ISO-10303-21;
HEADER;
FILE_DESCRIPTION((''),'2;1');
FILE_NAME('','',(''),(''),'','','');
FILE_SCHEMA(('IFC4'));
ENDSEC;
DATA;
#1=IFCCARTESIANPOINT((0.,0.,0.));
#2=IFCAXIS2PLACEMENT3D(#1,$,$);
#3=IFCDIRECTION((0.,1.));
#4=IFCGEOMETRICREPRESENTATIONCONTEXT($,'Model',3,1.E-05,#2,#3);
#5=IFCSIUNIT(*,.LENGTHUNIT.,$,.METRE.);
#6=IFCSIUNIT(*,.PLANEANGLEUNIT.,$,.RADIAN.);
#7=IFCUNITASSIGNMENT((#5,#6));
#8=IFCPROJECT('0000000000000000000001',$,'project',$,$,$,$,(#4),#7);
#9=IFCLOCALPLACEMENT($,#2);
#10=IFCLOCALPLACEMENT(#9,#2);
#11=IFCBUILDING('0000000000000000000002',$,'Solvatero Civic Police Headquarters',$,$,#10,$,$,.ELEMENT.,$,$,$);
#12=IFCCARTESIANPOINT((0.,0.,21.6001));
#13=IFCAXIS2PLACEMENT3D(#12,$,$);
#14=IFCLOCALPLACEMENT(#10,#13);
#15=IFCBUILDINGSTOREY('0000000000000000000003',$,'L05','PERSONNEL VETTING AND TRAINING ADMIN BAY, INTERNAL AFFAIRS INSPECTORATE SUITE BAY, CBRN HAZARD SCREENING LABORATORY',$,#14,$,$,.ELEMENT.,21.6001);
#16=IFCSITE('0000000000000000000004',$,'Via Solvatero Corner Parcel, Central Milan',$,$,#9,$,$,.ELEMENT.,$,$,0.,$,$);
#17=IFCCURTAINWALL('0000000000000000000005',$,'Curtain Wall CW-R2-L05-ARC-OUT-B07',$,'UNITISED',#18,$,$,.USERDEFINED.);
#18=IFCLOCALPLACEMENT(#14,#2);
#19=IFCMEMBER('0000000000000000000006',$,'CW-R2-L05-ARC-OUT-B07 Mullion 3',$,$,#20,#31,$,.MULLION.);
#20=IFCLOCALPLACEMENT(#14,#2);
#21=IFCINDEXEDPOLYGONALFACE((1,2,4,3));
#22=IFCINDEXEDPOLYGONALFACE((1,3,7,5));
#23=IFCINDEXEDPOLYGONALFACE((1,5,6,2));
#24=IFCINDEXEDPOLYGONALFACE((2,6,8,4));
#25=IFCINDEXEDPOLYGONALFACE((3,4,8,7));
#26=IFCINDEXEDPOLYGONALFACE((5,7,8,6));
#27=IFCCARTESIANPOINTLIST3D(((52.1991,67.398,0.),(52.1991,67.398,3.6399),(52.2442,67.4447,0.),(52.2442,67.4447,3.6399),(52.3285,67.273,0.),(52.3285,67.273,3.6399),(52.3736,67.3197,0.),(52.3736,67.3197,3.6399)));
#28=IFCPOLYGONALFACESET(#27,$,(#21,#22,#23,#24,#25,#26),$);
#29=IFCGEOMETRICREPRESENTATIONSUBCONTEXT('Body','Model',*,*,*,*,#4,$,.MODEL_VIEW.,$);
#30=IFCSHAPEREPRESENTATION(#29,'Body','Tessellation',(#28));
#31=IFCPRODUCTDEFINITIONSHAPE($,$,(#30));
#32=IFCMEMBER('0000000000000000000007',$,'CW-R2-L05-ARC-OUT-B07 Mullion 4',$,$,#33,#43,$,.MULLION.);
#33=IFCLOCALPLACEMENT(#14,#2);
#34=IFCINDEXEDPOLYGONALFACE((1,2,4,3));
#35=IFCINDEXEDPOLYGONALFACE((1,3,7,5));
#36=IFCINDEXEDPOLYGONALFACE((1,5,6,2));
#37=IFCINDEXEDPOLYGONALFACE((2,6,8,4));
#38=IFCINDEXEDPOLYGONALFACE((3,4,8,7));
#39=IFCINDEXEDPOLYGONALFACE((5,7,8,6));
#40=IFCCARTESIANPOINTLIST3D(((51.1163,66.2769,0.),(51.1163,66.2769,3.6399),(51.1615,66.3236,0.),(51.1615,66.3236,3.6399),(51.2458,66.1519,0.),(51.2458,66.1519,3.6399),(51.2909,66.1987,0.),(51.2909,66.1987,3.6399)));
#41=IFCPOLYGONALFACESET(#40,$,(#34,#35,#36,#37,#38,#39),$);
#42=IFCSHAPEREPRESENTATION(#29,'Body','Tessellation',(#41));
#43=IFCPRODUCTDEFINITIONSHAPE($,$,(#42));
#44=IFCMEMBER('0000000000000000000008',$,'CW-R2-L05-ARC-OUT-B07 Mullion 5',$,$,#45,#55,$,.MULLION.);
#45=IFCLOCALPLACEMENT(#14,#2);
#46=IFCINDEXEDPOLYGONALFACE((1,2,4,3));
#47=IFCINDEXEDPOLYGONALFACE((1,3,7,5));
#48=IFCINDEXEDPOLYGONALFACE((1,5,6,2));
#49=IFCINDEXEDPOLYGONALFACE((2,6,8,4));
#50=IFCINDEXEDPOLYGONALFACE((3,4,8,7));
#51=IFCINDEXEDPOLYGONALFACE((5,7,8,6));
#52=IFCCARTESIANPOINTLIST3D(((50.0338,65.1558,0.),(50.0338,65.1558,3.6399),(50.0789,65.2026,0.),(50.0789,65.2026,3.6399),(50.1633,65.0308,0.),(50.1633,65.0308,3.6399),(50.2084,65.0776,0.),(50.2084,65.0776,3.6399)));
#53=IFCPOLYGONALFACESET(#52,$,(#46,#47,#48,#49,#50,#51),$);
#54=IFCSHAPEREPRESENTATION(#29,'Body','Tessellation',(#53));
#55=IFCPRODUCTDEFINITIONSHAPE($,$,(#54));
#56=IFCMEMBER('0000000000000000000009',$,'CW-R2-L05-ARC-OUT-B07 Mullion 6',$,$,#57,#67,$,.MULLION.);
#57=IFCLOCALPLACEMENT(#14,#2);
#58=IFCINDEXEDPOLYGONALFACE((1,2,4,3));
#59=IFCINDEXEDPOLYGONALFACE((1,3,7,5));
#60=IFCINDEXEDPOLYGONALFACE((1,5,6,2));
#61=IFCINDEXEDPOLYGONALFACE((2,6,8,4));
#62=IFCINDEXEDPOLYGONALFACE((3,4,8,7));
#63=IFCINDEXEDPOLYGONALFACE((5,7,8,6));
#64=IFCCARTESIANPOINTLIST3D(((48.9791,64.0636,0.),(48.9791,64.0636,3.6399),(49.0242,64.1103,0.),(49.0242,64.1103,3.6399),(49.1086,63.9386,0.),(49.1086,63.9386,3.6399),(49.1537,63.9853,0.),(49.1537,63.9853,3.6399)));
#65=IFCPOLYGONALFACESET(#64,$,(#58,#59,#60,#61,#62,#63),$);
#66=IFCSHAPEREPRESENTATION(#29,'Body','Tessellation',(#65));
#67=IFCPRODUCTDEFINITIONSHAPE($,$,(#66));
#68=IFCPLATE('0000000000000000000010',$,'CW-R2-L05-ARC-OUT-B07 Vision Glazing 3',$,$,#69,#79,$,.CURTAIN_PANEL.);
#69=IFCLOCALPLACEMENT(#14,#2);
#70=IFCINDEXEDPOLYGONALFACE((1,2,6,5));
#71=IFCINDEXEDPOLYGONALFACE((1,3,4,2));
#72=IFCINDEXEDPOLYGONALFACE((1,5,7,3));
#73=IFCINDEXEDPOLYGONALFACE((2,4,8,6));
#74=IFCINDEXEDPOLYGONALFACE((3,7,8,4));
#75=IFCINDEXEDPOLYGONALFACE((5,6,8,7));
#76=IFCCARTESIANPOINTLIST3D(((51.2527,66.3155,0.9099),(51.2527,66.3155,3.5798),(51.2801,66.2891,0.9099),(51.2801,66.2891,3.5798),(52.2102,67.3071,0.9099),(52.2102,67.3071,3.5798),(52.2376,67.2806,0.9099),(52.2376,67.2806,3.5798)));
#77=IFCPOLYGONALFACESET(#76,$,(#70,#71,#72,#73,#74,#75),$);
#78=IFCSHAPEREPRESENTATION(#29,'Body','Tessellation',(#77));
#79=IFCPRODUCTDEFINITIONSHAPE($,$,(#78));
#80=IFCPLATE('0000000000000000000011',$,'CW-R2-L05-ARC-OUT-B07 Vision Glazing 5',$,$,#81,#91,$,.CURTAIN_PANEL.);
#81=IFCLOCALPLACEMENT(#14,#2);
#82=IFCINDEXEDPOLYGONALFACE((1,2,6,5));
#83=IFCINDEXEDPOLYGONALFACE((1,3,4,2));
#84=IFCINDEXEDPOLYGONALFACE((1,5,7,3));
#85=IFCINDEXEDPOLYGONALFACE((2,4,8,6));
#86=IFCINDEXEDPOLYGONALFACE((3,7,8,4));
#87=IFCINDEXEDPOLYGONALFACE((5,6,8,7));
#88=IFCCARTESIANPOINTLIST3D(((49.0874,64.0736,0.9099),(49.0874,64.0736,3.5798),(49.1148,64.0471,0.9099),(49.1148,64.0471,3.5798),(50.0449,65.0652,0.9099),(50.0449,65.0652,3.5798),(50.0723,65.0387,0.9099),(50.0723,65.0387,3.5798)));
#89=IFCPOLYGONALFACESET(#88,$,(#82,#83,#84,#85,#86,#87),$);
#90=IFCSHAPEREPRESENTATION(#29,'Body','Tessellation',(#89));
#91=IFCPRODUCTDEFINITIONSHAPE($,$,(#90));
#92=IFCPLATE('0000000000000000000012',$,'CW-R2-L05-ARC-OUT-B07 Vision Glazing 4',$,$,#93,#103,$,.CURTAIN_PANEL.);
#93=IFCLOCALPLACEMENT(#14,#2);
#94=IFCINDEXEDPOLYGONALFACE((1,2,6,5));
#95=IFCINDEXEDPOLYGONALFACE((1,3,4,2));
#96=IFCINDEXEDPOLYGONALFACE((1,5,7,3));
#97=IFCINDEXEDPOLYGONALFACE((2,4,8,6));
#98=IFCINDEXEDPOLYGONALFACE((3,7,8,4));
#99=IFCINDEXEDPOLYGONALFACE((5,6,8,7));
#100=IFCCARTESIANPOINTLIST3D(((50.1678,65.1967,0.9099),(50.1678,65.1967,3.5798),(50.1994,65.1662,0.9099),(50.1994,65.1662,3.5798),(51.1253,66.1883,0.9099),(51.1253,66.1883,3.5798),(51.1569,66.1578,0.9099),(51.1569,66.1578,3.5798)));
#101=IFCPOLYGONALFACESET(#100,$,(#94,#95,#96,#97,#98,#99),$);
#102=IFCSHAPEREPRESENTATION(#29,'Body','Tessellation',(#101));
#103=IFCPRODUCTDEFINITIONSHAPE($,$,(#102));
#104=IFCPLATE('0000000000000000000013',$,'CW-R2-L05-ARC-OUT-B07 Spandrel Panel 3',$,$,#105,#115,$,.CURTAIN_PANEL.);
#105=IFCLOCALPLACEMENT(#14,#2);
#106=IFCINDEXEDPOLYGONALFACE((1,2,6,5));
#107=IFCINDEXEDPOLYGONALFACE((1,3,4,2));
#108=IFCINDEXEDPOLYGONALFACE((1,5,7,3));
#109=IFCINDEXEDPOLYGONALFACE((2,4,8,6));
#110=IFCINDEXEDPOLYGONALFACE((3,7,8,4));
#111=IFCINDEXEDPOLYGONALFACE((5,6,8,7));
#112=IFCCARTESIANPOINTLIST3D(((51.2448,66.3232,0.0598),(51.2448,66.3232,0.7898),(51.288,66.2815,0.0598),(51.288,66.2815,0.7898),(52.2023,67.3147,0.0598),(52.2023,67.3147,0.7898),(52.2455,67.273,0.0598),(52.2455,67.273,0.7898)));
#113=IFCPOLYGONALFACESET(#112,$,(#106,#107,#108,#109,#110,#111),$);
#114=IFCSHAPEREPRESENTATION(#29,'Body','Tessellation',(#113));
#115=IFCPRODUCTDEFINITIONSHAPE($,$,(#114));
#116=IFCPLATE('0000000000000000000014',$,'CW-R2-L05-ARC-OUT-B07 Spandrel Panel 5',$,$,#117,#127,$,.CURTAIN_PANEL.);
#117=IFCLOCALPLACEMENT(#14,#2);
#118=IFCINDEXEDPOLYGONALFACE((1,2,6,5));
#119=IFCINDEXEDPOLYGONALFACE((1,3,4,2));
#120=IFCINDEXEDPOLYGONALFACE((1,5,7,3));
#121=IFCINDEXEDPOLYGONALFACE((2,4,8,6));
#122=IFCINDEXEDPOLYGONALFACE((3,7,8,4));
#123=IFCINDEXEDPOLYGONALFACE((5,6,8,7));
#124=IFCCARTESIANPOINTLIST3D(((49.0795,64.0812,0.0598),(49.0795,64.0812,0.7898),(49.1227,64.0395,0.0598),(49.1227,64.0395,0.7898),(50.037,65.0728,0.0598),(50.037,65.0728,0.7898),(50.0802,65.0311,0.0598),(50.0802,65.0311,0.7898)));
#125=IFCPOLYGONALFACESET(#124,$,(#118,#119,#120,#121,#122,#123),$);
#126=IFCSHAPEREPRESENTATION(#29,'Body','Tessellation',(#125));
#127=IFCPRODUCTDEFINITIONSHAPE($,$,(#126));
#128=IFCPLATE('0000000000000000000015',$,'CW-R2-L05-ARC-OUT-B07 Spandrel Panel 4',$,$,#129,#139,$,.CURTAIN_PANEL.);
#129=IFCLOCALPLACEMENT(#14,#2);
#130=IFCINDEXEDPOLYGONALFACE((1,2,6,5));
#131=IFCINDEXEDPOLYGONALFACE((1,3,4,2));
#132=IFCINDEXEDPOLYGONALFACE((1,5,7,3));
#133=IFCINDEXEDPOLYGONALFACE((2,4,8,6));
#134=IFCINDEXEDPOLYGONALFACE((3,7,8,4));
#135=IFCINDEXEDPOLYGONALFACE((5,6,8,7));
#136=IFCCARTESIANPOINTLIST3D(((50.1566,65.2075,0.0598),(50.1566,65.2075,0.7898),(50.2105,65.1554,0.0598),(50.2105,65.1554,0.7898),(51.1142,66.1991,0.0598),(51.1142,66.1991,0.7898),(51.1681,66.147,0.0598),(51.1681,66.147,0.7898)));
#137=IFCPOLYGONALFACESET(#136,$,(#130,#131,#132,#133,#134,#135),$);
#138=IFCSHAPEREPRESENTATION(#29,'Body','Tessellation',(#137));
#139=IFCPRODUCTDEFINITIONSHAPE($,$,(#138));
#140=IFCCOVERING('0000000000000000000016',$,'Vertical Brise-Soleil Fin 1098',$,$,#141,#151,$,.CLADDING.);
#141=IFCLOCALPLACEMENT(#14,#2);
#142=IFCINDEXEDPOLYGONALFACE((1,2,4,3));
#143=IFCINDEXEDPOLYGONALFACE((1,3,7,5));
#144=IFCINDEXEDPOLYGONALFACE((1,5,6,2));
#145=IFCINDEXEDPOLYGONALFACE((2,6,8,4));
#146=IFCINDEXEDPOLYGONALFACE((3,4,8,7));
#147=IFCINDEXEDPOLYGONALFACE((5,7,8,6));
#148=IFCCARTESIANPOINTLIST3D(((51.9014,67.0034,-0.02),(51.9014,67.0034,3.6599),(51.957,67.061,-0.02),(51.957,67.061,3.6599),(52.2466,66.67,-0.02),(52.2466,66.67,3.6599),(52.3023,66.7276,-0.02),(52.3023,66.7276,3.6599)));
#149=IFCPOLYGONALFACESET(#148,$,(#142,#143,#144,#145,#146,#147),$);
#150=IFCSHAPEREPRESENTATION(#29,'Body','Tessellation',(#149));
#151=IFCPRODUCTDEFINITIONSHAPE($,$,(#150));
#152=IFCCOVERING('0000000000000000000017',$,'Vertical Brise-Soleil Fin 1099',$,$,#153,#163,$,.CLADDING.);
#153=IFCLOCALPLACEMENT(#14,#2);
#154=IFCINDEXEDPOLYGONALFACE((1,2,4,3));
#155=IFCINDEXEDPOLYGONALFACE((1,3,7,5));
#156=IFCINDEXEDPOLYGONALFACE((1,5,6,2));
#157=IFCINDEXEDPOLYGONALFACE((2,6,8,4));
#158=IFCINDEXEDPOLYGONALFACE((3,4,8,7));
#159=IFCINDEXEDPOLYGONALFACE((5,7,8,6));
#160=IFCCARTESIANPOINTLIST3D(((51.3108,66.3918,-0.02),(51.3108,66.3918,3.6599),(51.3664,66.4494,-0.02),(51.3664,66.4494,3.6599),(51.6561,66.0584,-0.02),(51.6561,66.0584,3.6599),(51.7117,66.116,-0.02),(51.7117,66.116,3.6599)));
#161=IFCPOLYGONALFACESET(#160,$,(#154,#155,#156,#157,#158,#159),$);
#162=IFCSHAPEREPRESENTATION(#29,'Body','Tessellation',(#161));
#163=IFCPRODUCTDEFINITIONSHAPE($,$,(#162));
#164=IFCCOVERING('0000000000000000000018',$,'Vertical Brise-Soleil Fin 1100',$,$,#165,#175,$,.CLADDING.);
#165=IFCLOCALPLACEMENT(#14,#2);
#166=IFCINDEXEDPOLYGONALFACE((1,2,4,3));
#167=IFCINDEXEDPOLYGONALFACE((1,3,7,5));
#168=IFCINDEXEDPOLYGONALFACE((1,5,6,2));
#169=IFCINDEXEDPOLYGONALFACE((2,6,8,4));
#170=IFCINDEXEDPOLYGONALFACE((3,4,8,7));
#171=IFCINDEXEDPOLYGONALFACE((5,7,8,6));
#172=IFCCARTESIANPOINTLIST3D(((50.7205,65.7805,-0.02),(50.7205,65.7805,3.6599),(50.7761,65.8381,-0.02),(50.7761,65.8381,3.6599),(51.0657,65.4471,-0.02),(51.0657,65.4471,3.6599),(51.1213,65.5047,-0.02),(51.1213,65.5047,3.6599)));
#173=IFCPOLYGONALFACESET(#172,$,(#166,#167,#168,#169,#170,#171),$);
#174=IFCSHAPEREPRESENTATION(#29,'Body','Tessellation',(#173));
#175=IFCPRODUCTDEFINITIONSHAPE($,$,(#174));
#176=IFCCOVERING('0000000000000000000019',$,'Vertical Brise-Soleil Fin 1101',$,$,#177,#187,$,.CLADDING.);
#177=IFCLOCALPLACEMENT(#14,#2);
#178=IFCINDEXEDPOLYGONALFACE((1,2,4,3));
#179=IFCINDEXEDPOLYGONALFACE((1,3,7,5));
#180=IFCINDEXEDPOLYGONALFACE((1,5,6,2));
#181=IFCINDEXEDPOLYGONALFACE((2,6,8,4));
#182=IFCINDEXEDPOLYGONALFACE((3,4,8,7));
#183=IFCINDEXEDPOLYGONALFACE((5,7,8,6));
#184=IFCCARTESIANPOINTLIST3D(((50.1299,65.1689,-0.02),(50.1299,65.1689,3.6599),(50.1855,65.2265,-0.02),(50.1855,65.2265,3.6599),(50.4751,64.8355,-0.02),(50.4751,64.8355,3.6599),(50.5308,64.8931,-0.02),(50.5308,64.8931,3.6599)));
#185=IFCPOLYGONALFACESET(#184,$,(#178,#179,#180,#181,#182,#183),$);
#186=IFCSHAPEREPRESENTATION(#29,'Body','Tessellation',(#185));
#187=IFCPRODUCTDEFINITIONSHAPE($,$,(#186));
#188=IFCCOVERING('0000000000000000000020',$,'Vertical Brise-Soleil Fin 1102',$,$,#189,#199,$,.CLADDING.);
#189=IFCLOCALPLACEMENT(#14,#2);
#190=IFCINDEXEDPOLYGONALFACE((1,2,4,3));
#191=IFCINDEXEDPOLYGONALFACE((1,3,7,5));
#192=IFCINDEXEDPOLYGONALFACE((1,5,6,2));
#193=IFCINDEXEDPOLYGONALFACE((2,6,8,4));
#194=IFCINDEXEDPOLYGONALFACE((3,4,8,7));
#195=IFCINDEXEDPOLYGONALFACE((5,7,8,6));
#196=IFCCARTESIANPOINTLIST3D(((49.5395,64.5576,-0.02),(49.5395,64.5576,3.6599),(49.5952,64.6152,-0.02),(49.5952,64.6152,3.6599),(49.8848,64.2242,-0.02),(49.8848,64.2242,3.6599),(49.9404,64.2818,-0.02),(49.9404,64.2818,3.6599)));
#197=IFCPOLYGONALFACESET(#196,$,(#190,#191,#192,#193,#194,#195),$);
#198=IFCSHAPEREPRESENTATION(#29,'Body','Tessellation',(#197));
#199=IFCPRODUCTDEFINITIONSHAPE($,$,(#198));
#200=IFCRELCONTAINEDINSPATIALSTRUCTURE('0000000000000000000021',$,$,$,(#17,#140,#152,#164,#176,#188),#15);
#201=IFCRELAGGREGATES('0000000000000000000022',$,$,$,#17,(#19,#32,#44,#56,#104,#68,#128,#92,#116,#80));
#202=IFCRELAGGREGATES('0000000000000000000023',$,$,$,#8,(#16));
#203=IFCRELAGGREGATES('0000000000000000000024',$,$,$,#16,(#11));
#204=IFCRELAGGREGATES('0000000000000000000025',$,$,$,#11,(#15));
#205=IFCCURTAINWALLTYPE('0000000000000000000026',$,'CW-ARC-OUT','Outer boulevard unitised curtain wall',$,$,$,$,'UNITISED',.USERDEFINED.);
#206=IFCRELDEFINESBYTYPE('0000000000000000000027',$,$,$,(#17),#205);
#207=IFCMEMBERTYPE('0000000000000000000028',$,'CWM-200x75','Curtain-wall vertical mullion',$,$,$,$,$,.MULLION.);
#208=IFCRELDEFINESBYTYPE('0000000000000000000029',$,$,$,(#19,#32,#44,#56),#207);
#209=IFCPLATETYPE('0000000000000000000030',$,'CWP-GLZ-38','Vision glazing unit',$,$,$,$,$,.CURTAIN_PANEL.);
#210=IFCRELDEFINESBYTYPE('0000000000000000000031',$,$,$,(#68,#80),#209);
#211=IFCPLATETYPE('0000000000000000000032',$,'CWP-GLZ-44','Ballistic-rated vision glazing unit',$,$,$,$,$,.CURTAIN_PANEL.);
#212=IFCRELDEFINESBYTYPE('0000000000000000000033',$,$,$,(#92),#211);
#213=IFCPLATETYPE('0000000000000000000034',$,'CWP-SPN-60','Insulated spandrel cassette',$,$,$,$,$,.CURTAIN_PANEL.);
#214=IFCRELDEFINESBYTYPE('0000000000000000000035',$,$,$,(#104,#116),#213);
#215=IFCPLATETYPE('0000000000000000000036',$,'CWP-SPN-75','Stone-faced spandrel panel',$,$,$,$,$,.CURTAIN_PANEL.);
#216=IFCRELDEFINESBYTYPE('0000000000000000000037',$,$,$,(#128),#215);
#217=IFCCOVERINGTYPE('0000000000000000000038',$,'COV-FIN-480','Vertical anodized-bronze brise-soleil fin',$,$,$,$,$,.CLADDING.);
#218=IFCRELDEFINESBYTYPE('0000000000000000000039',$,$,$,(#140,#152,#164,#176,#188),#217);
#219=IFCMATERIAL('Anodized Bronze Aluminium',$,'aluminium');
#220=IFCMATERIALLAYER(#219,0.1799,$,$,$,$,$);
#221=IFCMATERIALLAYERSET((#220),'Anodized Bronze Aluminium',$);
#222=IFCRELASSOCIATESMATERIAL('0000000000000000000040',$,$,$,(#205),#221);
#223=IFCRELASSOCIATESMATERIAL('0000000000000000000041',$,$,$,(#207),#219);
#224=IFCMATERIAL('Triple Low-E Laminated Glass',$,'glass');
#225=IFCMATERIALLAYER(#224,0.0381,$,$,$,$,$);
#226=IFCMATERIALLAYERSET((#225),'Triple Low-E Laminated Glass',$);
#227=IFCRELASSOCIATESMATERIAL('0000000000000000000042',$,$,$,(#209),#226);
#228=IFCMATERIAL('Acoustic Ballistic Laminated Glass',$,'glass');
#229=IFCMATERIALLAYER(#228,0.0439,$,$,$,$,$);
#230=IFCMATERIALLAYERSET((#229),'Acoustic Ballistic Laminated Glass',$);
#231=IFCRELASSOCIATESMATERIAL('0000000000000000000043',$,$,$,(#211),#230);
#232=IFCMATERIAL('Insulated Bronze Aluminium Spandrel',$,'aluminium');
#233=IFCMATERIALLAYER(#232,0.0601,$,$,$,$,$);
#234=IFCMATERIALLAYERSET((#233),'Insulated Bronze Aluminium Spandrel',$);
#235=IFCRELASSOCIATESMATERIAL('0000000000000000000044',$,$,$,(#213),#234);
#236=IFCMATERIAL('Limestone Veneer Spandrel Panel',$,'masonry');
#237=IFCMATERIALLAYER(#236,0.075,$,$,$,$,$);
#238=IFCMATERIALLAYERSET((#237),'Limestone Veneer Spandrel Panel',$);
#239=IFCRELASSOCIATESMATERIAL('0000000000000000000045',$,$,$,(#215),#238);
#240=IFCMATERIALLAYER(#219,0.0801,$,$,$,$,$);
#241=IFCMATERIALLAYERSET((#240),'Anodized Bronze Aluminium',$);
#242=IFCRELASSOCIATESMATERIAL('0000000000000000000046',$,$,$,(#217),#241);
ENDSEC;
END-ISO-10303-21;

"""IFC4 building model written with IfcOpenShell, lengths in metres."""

from ifc_helpers import new_model, si_unit, direction, frame, origin, origin_2d, place, context, subcontext, project, spatial, rectangle, extrude, material, layer, layer_set, material_profile, profile_set, type_object, element, aggregate, save


model = new_model("IFC4")

# Units and contexts
model_context = context("Model", 3, precision=1e-05, world=origin(), true_north=direction((0.0, 1.0)))
body_context = subcontext(model_context, "Body", "Model", "MODEL_VIEW")
ifc_project = project(units=[si_unit("LENGTHUNIT", "METRE"), si_unit("PLANEANGLEUNIT", "RADIAN")], contexts=[model_context])

# Site, building, storey
site_placement = place(None, origin())
site = spatial("IfcSite", under=ifc_project, at=site_placement, Name="Via Solvatero Corner Parcel, Central Milan", CompositionType="ELEMENT", RefElevation=0.0)
building_placement = place(site_placement, origin())
building = spatial("IfcBuilding", under=site, at=building_placement, Name="Solvatero Civic Police Headquarters", CompositionType="ELEMENT")
storey_placement = place(building_placement, frame((0.0, 0.0, 21.6001)))
storey = spatial("IfcBuildingStorey", under=building, at=storey_placement, Name="L05", Description="PERSONNEL VETTING AND TRAINING ADMIN BAY, INTERNAL AFFAIRS INSPECTORATE SUITE BAY, CBRN HAZARD SCREENING LABORATORY", CompositionType="ELEMENT", Elevation=21.6001)

# Curtain wall, members, plates
ifc_material_1 = material(Name="Anodized Bronze Aluminium", Category="aluminium")
ifc_layer_1 = layer(ifc_material_1, 0.1799)
ifc_layer_set_1 = layer_set([ifc_layer_1], Name="Anodized Bronze Aluminium")
curtain_wall_type = type_object("IfcCurtainWallType", Name="CW-ARC-OUT", Description="Outer boulevard unitised curtain wall", ElementType="UNITISED", PredefinedType="USERDEFINED", material=ifc_layer_set_1)
curtain_wall_placement = place(storey_placement, origin())
curtain_wall = element("IfcCurtainWall", 1, at=curtain_wall_placement, inside=storey, type_object=curtain_wall_type, Name="Curtain Wall CW-R2-L05-ARC-OUT-B07", ObjectType="UNITISED", PredefinedType="USERDEFINED")
ifc_material_profile = material_profile(ifc_material_1, rectangle(XDim=0.0649, YDim=0.1799, at=origin_2d()), Name="ALU MULLION 65x180")
ifc_profile_set = profile_set([ifc_material_profile], Name="Anodized Bronze Aluminium")
member_type = type_object("IfcMemberType", Name="CWM-200x75", Description="Curtain-wall vertical mullion", PredefinedType="MULLION", material=ifc_profile_set)
member_1_placement = place(storey_placement, frame((52.2864, 67.3589, 0.0), z_axis=(0.0, 0.0, 1.0), x_axis=(-0.694658, -0.71934, 0.0)))
member_1 = element("IfcMember", 2, at=member_1_placement, type_object=member_type, Name="CW-R2-L05-ARC-OUT-B07 Mullion 3", PredefinedType="MULLION", context=body_context, shape_type="SweptSolid", body=[
    extrude(rectangle(XDim=0.0649, YDim=0.1799, at=origin_2d()), origin(), (0.0, 0.0, 1.0), 3.6399),
])
member_2_placement = place(storey_placement, frame((51.2036, 66.2378, 0.0), z_axis=(0.0, 0.0, 1.0), x_axis=(-0.694658, -0.71934, 0.0)))
member_2 = element("IfcMember", 3, at=member_2_placement, type_object=member_type, Name="CW-R2-L05-ARC-OUT-B07 Mullion 4", PredefinedType="MULLION", context=body_context, shape_type="SweptSolid", body=[
    extrude(rectangle(XDim=0.0649, YDim=0.1799, at=origin_2d()), origin(), (0.0, 0.0, 1.0), 3.6399),
])
member_3_placement = place(storey_placement, frame((50.1211, 65.1167, 0.0), z_axis=(0.0, 0.0, 1.0), x_axis=(-0.694658, -0.71934, 0.0)))
member_3 = element("IfcMember", 4, at=member_3_placement, type_object=member_type, Name="CW-R2-L05-ARC-OUT-B07 Mullion 5", PredefinedType="MULLION", context=body_context, shape_type="SweptSolid", body=[
    extrude(rectangle(XDim=0.0649, YDim=0.1799, at=origin_2d()), origin(), (0.0, 0.0, 1.0), 3.6399),
])
member_4_placement = place(storey_placement, frame((49.0664, 64.0244, 0.0), z_axis=(0.0, 0.0, 1.0), x_axis=(-0.694658, -0.71934, 0.0)))
member_4 = element("IfcMember", 5, at=member_4_placement, type_object=member_type, Name="CW-R2-L05-ARC-OUT-B07 Mullion 6", PredefinedType="MULLION", context=body_context, shape_type="SweptSolid", body=[
    extrude(rectangle(XDim=0.0649, YDim=0.1799, at=origin_2d()), origin(), (0.0, 0.0, 1.0), 3.6399),
])
ifc_material_2 = material(Name="Triple Low-E Laminated Glass", Category="glass")
ifc_layer_2 = layer(ifc_material_2, 0.0381)
ifc_layer_set_2 = layer_set([ifc_layer_2], Name="Triple Low-E Laminated Glass")
plate_type_1 = type_object("IfcPlateType", Name="CWP-GLZ-38", Description="Vision glazing unit", PredefinedType="CURTAIN_PANEL", material=ifc_layer_set_2)
plate_1_placement = place(storey_placement, frame((51.7451, 66.7981, 0.9099), z_axis=(0.0, 0.0, 1.0), x_axis=(-0.694658, -0.71934, 0.0)))
plate_1 = element("IfcPlate", 6, at=plate_1_placement, type_object=plate_type_1, Name="CW-R2-L05-ARC-OUT-B07 Vision Glazing 3", PredefinedType="CURTAIN_PANEL", context=body_context, shape_type="SweptSolid", body=[
    extrude(rectangle(XDim=1.3784, YDim=0.0381, at=origin_2d()), origin(), (0.0, 0.0, 1.0), 2.6699),
])
plate_2_placement = place(storey_placement, frame((49.5798, 64.5562, 0.9099), z_axis=(0.0, 0.0, 1.0), x_axis=(-0.694658, -0.71934, 0.0)))
plate_2 = element("IfcPlate", 7, at=plate_2_placement, type_object=plate_type_1, Name="CW-R2-L05-ARC-OUT-B07 Vision Glazing 5", PredefinedType="CURTAIN_PANEL", context=body_context, shape_type="SweptSolid", body=[
    extrude(rectangle(XDim=1.3784, YDim=0.0381, at=origin_2d()), origin(), (0.0, 0.0, 1.0), 2.6699),
])
ifc_material_3 = material(Name="Acoustic Ballistic Laminated Glass", Category="glass")
ifc_layer_3 = layer(ifc_material_3, 0.0439)
ifc_layer_set_3 = layer_set([ifc_layer_3], Name="Acoustic Ballistic Laminated Glass")
plate_type_2 = type_object("IfcPlateType", Name="CWP-GLZ-44", Description="Ballistic-rated vision glazing unit", PredefinedType="CURTAIN_PANEL", material=ifc_layer_set_3)
plate_3_placement = place(storey_placement, frame((50.6624, 65.6772, 0.9099), z_axis=(0.0, 0.0, 1.0), x_axis=(-0.694658, -0.71934, 0.0)))
plate_3 = element("IfcPlate", 8, at=plate_3_placement, type_object=plate_type_2, Name="CW-R2-L05-ARC-OUT-B07 Vision Glazing 4", PredefinedType="CURTAIN_PANEL", context=body_context, shape_type="SweptSolid", body=[
    extrude(rectangle(XDim=1.3784, YDim=0.0439, at=origin_2d()), origin(), (0.0, 0.0, 1.0), 2.6699),
])
ifc_material_4 = material(Name="Insulated Bronze Aluminium Spandrel", Category="aluminium")
ifc_layer_4 = layer(ifc_material_4, 0.0601)
ifc_layer_set_4 = layer_set([ifc_layer_4], Name="Insulated Bronze Aluminium Spandrel")
plate_type_3 = type_object("IfcPlateType", Name="CWP-SPN-60", Description="Insulated spandrel cassette", PredefinedType="CURTAIN_PANEL", material=ifc_layer_set_4)
plate_4_placement = place(storey_placement, frame((51.7451, 66.7981, 0.0598), z_axis=(0.0, 0.0, 1.0), x_axis=(-0.694658, -0.71934, 0.0)))
plate_4 = element("IfcPlate", 9, at=plate_4_placement, type_object=plate_type_3, Name="CW-R2-L05-ARC-OUT-B07 Spandrel Panel 3", PredefinedType="CURTAIN_PANEL", context=body_context, shape_type="SweptSolid", body=[
    extrude(rectangle(XDim=1.3784, YDim=0.0601, at=origin_2d()), origin(), (0.0, 0.0, 1.0), 0.73),
])
plate_5_placement = place(storey_placement, frame((49.5798, 64.5562, 0.0598), z_axis=(0.0, 0.0, 1.0), x_axis=(-0.694658, -0.71934, 0.0)))
plate_5 = element("IfcPlate", 10, at=plate_5_placement, type_object=plate_type_3, Name="CW-R2-L05-ARC-OUT-B07 Spandrel Panel 5", PredefinedType="CURTAIN_PANEL", context=body_context, shape_type="SweptSolid", body=[
    extrude(rectangle(XDim=1.3784, YDim=0.0601, at=origin_2d()), origin(), (0.0, 0.0, 1.0), 0.73),
])
ifc_material_5 = material(Name="Limestone Veneer Spandrel Panel", Category="masonry")
ifc_layer_5 = layer(ifc_material_5, 0.075)
ifc_layer_set_5 = layer_set([ifc_layer_5], Name="Limestone Veneer Spandrel Panel")
plate_type_4 = type_object("IfcPlateType", Name="CWP-SPN-75", Description="Stone-faced spandrel panel", PredefinedType="CURTAIN_PANEL", material=ifc_layer_set_5)
plate_6_placement = place(storey_placement, frame((50.6624, 65.6772, 0.0598), z_axis=(0.0, 0.0, 1.0), x_axis=(-0.694658, -0.71934, 0.0)))
plate_6 = element("IfcPlate", 11, at=plate_6_placement, type_object=plate_type_4, Name="CW-R2-L05-ARC-OUT-B07 Spandrel Panel 4", PredefinedType="CURTAIN_PANEL", context=body_context, shape_type="SweptSolid", body=[
    extrude(rectangle(XDim=1.3784, YDim=0.075, at=origin_2d()), origin(), (0.0, 0.0, 1.0), 0.73),
])
aggregate(curtain_wall, [member_1, member_2, member_3, member_4, plate_4, plate_1, plate_6, plate_3, plate_5, plate_2])

# Coverings
ifc_layer_6 = layer(ifc_material_1, 0.0801)
ifc_layer_set_6 = layer_set([ifc_layer_6], Name="Anodized Bronze Aluminium")
covering_type = type_object("IfcCoveringType", Name="COV-FIN-480", Description="Vertical anodized-bronze brise-soleil fin", PredefinedType="CLADDING", material=ifc_layer_set_6)
for number, where, z_axis, x_axis, name in (
    (12, (52.1018, 66.8655, -0.02), (0.0, 0.0, 1.0), (-0.694658, -0.71934, 0.0), "Vertical Brise-Soleil Fin 1098"),
    (13, (51.5112, 66.2539, -0.02), (0.0, 0.0, 1.0), (-0.694658, -0.71934, 0.0), "Vertical Brise-Soleil Fin 1099"),
    (14, (50.9209, 65.6426, -0.02), (0.0, 0.0, 1.0), (-0.694658, -0.71934, 0.0), "Vertical Brise-Soleil Fin 1100"),
    (15, (50.3303, 65.031, -0.02), (0.0, 0.0, 1.0), (-0.694658, -0.71934, 0.0), "Vertical Brise-Soleil Fin 1101"),
    (16, (49.74, 64.4197, -0.02), (0.0, 0.0, 1.0), (-0.694658, -0.71934, 0.0), "Vertical Brise-Soleil Fin 1102"),
):
    element("IfcCovering", number, at=place(storey_placement, frame(where, z_axis=z_axis, x_axis=x_axis)), inside=storey, type_object=covering_type, Name=name, PredefinedType="CLADDING", context=body_context, shape_type="SweptSolid", body=[
        extrude(rectangle(XDim=0.0801, YDim=0.48, at=origin_2d()), origin(), (0.0, 0.0, 1.0), 3.6799),
    ])

save(model, "model.ifc")
